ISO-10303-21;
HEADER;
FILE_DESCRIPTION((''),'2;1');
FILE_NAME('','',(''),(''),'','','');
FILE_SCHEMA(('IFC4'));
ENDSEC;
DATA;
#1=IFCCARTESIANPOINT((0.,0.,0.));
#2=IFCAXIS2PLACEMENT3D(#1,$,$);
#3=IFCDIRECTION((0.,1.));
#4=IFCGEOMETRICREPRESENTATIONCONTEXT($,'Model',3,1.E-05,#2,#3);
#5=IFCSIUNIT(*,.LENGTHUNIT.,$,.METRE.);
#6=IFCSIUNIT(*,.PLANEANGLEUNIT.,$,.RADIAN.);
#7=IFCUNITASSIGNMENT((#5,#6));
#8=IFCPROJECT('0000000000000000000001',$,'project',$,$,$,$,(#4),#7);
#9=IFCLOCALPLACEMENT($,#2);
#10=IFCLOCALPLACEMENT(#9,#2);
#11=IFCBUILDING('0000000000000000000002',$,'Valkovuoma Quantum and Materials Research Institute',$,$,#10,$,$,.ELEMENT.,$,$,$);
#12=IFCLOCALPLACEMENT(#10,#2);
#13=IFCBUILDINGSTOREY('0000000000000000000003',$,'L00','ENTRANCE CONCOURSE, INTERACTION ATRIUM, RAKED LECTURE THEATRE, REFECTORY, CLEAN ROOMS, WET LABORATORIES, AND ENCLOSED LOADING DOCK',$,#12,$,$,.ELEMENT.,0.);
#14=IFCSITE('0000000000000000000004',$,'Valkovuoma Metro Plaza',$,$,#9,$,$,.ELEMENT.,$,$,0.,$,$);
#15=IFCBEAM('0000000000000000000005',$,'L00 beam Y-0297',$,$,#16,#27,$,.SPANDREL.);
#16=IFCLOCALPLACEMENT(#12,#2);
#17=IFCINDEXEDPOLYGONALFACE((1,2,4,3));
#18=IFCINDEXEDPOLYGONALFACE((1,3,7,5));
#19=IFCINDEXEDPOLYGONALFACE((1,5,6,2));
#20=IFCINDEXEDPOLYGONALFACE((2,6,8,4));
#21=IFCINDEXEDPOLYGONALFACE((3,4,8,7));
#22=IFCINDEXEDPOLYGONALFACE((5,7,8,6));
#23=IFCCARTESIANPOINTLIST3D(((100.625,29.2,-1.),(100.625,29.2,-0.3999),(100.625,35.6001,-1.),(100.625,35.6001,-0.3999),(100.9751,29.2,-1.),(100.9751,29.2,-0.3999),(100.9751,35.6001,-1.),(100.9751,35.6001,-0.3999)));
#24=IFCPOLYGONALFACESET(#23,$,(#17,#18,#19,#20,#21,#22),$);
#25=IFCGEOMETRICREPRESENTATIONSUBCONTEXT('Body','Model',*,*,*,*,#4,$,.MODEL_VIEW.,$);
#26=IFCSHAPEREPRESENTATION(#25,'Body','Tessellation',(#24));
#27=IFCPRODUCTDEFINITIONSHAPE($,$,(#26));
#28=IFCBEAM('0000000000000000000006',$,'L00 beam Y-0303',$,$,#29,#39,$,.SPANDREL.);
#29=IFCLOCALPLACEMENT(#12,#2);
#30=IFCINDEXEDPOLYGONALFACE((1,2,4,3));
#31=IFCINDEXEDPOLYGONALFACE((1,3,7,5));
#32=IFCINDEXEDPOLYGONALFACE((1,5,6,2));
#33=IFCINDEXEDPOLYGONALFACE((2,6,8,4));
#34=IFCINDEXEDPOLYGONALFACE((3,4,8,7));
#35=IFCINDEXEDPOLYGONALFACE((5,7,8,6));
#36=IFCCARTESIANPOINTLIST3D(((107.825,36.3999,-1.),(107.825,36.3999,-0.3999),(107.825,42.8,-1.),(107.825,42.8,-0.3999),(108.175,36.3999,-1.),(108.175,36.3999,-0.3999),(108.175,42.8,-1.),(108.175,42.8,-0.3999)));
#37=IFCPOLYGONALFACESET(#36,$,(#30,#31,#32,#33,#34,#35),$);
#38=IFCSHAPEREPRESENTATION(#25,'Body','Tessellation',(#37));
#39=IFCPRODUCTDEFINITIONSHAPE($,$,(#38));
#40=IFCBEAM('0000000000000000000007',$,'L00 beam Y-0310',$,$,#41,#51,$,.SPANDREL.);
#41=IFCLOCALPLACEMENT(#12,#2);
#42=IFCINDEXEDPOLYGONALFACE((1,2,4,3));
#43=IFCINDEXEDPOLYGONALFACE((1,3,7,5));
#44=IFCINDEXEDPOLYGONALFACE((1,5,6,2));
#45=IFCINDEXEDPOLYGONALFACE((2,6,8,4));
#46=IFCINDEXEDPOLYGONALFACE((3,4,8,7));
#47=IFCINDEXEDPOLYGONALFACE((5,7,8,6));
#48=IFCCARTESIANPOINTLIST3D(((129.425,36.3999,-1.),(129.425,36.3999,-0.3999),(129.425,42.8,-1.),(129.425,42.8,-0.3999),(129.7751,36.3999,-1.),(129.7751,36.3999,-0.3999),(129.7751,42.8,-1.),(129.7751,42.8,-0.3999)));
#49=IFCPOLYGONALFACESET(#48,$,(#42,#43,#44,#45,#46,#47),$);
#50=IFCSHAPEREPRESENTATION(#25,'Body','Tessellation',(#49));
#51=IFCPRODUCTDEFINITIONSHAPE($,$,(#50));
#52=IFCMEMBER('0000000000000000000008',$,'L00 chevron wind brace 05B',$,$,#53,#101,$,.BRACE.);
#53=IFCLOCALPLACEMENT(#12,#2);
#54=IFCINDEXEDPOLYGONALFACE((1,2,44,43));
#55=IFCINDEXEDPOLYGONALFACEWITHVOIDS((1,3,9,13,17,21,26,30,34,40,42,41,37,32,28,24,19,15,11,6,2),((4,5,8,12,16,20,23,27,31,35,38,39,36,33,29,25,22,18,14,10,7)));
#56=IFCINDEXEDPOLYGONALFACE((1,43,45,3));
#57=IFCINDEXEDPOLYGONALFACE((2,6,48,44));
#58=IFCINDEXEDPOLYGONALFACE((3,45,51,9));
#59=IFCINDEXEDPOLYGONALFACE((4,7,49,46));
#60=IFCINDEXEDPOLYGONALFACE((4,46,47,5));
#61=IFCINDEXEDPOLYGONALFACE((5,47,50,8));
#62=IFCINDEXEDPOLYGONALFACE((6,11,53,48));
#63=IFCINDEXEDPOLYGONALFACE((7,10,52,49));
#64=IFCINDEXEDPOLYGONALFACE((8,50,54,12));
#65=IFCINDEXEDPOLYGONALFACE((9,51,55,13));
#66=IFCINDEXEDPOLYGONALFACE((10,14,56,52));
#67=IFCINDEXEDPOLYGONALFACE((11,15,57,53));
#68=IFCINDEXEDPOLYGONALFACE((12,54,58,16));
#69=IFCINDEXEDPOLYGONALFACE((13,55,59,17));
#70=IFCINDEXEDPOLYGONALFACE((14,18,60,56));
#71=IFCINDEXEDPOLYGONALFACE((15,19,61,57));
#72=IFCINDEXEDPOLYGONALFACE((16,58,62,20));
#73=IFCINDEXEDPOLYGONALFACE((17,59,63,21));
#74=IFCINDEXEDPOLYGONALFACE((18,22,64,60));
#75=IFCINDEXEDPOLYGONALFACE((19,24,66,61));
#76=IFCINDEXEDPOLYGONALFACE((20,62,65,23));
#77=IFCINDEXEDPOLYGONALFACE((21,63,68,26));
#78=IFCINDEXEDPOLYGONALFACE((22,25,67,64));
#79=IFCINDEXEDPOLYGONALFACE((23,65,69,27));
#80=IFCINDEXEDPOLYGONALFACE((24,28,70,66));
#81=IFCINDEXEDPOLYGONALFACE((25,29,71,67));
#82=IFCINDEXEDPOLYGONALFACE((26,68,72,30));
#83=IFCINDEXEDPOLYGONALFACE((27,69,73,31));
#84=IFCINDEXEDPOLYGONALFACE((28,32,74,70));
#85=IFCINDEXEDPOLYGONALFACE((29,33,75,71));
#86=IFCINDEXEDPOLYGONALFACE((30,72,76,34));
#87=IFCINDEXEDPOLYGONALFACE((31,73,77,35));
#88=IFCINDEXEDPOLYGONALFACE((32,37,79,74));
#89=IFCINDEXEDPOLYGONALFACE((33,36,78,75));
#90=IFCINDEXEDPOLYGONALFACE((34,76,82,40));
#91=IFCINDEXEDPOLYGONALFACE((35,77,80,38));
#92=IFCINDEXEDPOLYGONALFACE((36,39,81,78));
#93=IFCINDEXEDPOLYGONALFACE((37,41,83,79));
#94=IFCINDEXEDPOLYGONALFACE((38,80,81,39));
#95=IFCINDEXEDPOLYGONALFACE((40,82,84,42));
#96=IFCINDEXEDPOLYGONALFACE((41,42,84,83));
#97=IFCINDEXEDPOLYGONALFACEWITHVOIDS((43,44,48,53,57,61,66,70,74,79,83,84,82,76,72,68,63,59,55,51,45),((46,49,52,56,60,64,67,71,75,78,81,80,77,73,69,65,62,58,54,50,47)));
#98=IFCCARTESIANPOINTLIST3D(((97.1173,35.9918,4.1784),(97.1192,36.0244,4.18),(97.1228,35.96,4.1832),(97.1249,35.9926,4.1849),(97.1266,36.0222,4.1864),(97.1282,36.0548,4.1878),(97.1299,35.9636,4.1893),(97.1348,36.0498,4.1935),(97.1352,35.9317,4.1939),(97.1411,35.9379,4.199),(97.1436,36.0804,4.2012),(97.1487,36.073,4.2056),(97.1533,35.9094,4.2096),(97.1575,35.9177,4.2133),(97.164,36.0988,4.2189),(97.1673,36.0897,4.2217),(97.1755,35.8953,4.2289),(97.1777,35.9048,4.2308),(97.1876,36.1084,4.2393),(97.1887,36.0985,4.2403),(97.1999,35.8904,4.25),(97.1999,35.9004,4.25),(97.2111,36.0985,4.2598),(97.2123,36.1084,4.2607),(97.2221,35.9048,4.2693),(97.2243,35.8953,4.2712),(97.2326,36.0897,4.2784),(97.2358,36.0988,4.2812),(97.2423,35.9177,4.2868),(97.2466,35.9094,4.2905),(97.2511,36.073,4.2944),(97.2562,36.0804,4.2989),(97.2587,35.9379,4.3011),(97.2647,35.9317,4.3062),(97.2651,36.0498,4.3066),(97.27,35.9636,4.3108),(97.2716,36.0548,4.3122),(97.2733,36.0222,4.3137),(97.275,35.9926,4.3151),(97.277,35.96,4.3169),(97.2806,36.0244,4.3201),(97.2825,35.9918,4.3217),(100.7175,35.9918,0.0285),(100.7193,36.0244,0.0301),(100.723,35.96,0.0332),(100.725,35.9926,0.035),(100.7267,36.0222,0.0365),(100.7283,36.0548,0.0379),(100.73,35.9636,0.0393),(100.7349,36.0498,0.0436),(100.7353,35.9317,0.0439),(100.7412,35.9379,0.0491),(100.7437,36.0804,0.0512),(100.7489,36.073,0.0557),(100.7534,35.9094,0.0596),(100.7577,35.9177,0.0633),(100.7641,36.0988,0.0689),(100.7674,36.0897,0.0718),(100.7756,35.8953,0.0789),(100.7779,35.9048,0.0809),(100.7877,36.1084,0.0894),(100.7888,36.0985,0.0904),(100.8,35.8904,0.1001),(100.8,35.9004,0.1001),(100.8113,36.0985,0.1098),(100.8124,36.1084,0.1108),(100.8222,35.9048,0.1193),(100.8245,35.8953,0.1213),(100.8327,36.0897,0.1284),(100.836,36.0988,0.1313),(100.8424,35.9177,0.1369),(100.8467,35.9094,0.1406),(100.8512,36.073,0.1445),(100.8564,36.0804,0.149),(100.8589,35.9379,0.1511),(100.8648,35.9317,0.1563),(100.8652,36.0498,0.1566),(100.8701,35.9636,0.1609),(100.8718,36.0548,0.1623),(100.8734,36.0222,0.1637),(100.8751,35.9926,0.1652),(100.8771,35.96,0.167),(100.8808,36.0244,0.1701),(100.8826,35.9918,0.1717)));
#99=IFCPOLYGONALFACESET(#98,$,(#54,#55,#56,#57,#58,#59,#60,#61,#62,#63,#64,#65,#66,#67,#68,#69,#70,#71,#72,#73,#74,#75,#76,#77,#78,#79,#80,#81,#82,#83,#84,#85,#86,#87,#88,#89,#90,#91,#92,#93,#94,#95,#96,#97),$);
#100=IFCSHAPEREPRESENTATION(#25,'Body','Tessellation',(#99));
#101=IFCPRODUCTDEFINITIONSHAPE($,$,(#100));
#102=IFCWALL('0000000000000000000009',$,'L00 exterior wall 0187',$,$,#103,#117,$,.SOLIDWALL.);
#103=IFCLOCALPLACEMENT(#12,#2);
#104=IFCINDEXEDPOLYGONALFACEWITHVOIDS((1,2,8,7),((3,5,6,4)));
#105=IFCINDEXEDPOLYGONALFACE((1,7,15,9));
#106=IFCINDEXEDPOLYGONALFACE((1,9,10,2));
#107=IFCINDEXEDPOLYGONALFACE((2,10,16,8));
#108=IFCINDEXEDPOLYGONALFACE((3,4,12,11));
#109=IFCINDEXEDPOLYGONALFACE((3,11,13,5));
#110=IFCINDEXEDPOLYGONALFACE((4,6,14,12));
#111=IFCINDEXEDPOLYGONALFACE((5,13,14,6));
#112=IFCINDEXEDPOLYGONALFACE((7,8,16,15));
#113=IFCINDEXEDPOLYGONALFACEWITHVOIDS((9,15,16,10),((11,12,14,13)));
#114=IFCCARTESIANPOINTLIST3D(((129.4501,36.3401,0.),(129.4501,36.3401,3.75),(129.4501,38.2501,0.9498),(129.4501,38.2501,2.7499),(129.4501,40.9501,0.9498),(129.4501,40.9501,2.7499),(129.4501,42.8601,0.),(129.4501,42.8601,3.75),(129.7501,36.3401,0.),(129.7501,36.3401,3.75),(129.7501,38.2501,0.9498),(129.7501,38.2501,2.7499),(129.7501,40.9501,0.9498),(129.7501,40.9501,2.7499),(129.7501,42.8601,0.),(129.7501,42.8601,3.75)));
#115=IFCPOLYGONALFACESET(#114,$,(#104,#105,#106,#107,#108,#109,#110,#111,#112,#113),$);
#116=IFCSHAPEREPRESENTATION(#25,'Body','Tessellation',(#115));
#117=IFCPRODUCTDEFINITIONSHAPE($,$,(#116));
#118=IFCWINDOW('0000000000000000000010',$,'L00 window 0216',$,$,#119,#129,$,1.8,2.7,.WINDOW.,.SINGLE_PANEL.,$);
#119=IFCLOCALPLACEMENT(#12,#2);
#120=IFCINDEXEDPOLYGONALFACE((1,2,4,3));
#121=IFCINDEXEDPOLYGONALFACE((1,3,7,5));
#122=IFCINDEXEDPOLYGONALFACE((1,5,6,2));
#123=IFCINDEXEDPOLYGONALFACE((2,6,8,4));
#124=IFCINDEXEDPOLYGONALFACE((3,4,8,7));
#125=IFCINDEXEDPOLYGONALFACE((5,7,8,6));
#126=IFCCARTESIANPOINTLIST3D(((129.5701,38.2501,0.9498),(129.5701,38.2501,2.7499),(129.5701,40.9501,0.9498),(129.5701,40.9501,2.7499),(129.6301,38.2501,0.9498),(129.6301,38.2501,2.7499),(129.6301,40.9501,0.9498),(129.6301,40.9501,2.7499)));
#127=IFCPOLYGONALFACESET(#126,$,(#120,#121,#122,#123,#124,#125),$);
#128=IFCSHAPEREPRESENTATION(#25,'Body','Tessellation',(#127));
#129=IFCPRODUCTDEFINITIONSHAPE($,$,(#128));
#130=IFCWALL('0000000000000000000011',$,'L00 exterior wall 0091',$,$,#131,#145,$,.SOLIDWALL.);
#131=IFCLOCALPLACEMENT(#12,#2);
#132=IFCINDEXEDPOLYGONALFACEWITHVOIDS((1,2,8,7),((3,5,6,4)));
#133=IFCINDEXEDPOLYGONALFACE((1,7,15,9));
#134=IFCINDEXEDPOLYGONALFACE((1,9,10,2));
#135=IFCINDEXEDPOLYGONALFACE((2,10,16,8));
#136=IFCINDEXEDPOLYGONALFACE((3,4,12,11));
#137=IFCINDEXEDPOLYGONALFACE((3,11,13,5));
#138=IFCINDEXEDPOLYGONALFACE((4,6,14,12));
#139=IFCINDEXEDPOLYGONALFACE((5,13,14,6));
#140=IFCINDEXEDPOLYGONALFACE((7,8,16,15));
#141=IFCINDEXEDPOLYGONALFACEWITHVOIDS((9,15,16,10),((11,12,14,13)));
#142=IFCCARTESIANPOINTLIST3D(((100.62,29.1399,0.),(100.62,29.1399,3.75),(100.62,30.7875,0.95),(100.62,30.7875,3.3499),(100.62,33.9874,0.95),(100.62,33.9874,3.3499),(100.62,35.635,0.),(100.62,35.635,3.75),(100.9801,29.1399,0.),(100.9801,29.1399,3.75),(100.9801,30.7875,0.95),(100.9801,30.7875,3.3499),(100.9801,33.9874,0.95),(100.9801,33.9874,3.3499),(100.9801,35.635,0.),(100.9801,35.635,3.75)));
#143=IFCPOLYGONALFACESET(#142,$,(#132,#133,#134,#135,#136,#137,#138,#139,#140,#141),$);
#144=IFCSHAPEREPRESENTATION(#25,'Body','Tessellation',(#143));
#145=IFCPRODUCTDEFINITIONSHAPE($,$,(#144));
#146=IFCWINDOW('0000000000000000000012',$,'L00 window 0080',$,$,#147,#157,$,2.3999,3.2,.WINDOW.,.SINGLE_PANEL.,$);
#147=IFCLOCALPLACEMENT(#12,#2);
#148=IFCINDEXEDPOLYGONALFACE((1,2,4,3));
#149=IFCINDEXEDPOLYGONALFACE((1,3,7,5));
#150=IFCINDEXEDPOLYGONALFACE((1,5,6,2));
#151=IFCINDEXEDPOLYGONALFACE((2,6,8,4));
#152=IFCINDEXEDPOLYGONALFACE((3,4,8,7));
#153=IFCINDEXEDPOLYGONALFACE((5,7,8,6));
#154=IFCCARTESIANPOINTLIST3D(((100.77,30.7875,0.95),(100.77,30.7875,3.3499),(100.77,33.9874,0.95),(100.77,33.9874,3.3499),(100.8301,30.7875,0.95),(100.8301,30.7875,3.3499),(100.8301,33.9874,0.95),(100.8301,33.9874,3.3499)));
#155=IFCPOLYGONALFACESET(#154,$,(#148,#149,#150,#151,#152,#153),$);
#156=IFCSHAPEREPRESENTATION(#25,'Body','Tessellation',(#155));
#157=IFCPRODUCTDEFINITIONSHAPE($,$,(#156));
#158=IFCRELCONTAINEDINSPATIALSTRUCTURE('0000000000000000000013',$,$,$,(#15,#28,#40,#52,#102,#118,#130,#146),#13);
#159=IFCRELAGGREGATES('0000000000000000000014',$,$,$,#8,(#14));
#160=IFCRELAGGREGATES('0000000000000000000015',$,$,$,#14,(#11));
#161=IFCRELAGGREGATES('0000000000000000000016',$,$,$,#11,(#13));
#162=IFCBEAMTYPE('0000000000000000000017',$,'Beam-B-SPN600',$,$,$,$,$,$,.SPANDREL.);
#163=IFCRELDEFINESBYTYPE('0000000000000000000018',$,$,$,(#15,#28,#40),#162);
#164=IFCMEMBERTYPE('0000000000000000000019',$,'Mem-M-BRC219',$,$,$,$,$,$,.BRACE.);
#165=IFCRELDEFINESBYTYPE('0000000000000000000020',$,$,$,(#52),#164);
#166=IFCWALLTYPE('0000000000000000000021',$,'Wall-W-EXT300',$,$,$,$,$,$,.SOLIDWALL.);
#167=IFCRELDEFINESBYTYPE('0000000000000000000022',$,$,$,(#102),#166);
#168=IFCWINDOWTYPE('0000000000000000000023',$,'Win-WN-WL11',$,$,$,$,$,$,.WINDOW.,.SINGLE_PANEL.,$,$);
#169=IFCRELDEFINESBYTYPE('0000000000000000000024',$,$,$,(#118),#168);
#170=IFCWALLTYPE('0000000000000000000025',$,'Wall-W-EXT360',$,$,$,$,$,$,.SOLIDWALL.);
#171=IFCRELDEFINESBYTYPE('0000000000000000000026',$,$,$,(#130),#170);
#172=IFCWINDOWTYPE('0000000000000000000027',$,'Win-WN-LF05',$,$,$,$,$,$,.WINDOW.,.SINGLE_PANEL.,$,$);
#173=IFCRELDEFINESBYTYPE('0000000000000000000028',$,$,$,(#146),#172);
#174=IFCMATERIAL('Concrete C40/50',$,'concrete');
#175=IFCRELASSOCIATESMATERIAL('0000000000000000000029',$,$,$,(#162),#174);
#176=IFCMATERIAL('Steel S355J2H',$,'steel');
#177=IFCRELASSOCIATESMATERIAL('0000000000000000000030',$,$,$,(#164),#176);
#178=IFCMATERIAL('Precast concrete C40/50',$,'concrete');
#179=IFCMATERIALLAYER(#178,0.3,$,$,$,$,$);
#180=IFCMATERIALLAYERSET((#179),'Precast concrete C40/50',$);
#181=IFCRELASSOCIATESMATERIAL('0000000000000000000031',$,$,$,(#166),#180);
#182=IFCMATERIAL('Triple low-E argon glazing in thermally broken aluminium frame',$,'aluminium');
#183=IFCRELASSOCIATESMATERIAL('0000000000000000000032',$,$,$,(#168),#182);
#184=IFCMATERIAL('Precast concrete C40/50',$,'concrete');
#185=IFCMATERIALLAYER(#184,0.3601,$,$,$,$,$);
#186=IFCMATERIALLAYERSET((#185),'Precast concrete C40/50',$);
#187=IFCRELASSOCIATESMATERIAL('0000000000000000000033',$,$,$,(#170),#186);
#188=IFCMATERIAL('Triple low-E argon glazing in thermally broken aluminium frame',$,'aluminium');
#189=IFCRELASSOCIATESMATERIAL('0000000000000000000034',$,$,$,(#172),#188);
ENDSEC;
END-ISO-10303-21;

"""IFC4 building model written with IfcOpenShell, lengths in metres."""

from ifc_helpers import new_model, si_unit, direction, frame, frame_2d, origin, origin_2d, place, context, subcontext, project, spatial, rectangle, hollow_circle, extrude, material, layer, layer_set, material_profile, profile_set, type_object, element, fill, save


model = new_model("IFC4")

# Units and contexts
model_context = context("Model", 3, precision=1e-05, world=origin(), true_north=direction((0.0, 1.0)))
body_context = subcontext(model_context, "Body", "Model", "MODEL_VIEW")
ifc_project = project(units=[si_unit("LENGTHUNIT", "METRE"), si_unit("PLANEANGLEUNIT", "RADIAN")], contexts=[model_context])

# Site, building, storey
site_placement = place(None, origin())
site = spatial("IfcSite", under=ifc_project, at=site_placement, Name="Valkovuoma Metro Plaza", CompositionType="ELEMENT", RefElevation=0.0)
building_placement = place(site_placement, origin())
building = spatial("IfcBuilding", under=site, at=building_placement, Name="Valkovuoma Quantum and Materials Research Institute", CompositionType="ELEMENT")
storey_placement = place(building_placement, origin())
storey = spatial("IfcBuildingStorey", under=building, at=storey_placement, Name="L00", Description="ENTRANCE CONCOURSE, INTERACTION ATRIUM, RAKED LECTURE THEATRE, REFECTORY, CLEAN ROOMS, WET LABORATORIES, AND ENCLOSED LOADING DOCK", CompositionType="ELEMENT", Elevation=0.0)

# Beams
ifc_material_1 = material(Name="Concrete C40/50", Category="concrete")
ifc_material_profile_1 = material_profile(ifc_material_1, rectangle(XDim=0.3501, YDim=0.6001, at=origin_2d()), Name="Concrete C40/50")
ifc_profile_set_1 = profile_set([ifc_material_profile_1], Name="Concrete C40/50")
beam_type_1 = type_object("IfcBeamType", Name="Beam-B-SPN600", PredefinedType="SPANDREL", material=ifc_profile_set_1)
for number, where, z_axis, x_axis, name in (
    (1, (100.8, 29.2, -0.7), (0.0, 1.0, 0.0), (-1.0, 0.0, 0.0), "L00 beam Y-0297"),
    (2, (108.0, 36.3999, -0.7), (0.0, 1.0, 0.0), (-1.0, 0.0, 0.0), "L00 beam Y-0303"),
    (3, (129.6001, 36.3999, -0.7), (0.0, 1.0, 0.0), (-1.0, 0.0, 0.0), "L00 beam Y-0310"),
):
    element("IfcBeam", number, at=place(storey_placement, frame(where, z_axis=z_axis, x_axis=x_axis)), inside=storey, type_object=beam_type_1, Name=name, PredefinedType="SPANDREL", context=body_context, shape_type="SweptSolid", body=[
        extrude(rectangle(XDim=0.3501, YDim=0.6001, at=origin_2d()), origin(), (0.0, 0.0, 1.0), 6.4001),
    ])

# Member
ifc_material_2 = material(Name="Steel S355J2H", Category="steel")
ifc_material_profile_2 = material_profile(ifc_material_2, hollow_circle(Radius=0.1096, WallThickness=0.01, at=origin_2d()), Name="Steel S355J2H")
ifc_profile_set_2 = profile_set([ifc_material_profile_2], Name="Steel S355J2H")
member_type = type_object("IfcMemberType", Name="Mem-M-BRC219", PredefinedType="BRACE", material=ifc_profile_set_2)
member_placement = place(storey_placement, frame((100.8, 36.0, 0.1001), z_axis=(-0.655296, 0.0, 0.755372), x_axis=(0.0, -1.0, 0.0)))
element("IfcMember", 4, at=member_placement, inside=storey, type_object=member_type, Name="L00 chevron wind brace 05B", PredefinedType="BRACE", context=body_context, shape_type="SweptSolid", body=[
    extrude(hollow_circle(Radius=0.1096, WallThickness=0.01, at=origin_2d()), origin(), (0.0, 0.0, 1.0), 5.4939),
])

# Walls, openings, windows
ifc_material_3 = material(Name="Precast concrete C40/50", Category="concrete")
ifc_layer_1 = layer(ifc_material_3, 0.3)
ifc_layer_set_1 = layer_set([ifc_layer_1], Name="Precast concrete C40/50")
wall_type_1 = type_object("IfcWallType", Name="Wall-W-EXT300", PredefinedType="SOLIDWALL", material=ifc_layer_set_1)
wall_1_placement = place(storey_placement, frame((129.6001, 36.3401, 0.0), z_axis=(0.0, 0.0, 1.0), x_axis=(0.0, 1.0, 0.0)))
wall_1 = element("IfcWall", 5, at=wall_1_placement, inside=storey, type_object=wall_type_1, Name="L00 exterior wall 0187", PredefinedType="SOLIDWALL", context=body_context, shape_type="SweptSolid", body=[
    extrude(rectangle(XDim=6.52, YDim=0.3, at=frame_2d((3.26, 0.0))), origin(), (0.0, 0.0, 1.0), 3.75),
])
opening_1_placement = place(wall_1_placement, frame((1.9099, 0.0, 0.95)))
opening_1 = element("IfcOpeningElement", 6, at=opening_1_placement, cuts=wall_1, PredefinedType="OPENING", context=body_context, shape_type="SweptSolid", body=[
    extrude(rectangle(XDim=2.7, YDim=1.8, at=frame_2d((1.3501, 0.8999))), frame((0.0, 0.1602, 0.0), z_axis=(0.0, -1.0, 0.0), x_axis=(1.0, 0.0, 0.0)), (0.0, 0.0, 1.0), 0.3201),
])
ifc_material_4 = material(Name="Triple low-E argon glazing in thermally broken aluminium frame", Category="aluminium")
window_type_1 = type_object("IfcWindowType", Name="Win-WN-WL11", PartitioningType="SINGLE_PANEL", PredefinedType="WINDOW", material=ifc_material_4)
window_1_placement = place(opening_1_placement, origin())
window_1 = element("IfcWindow", 7, at=window_1_placement, inside=storey, type_object=window_type_1, Name="L00 window 0216", OverallHeight=1.8, OverallWidth=2.7, PartitioningType="SINGLE_PANEL", PredefinedType="WINDOW", context=body_context, shape_type="SweptSolid", body=[
    extrude(rectangle(XDim=2.7, YDim=1.8, at=frame_2d((1.3501, 0.8999))), frame((0.0, 0.03, 0.0), z_axis=(0.0, -1.0, 0.0), x_axis=(1.0, 0.0, 0.0)), (0.0, 0.0, 1.0), 0.0601),
])
fill(opening_1, window_1)
ifc_material_5 = material(Name="Precast concrete C40/50", Category="concrete")
ifc_layer_2 = layer(ifc_material_5, 0.3601)
ifc_layer_set_2 = layer_set([ifc_layer_2], Name="Precast concrete C40/50")
wall_type_2 = type_object("IfcWallType", Name="Wall-W-EXT360", PredefinedType="SOLIDWALL", material=ifc_layer_set_2)
wall_2_placement = place(storey_placement, frame((100.8, 29.1399, 0.0), z_axis=(0.0, 0.0, 1.0), x_axis=(0.0, 1.0, 0.0)))
wall_2 = element("IfcWall", 8, at=wall_2_placement, inside=storey, type_object=wall_type_2, Name="L00 exterior wall 0091", PredefinedType="SOLIDWALL", context=body_context, shape_type="SweptSolid", body=[
    extrude(rectangle(XDim=6.4951, YDim=0.3601, at=frame_2d((3.2476, 0.0))), origin(), (0.0, 0.0, 1.0), 3.75),
])
opening_2_placement = place(wall_2_placement, frame((1.6475, 0.0, 0.95)))
opening_2 = element("IfcOpeningElement", 9, at=opening_2_placement, cuts=wall_2, PredefinedType="OPENING", context=body_context, shape_type="SweptSolid", body=[
    extrude(rectangle(XDim=3.2, YDim=2.3999, at=frame_2d((1.6001, 1.2))), frame((0.0, 0.1899, 0.0), z_axis=(0.0, -1.0, 0.0), x_axis=(1.0, 0.0, 0.0)), (0.0, 0.0, 1.0), 0.3801),
])
ifc_material_6 = material(Name="Triple low-E argon glazing in thermally broken aluminium frame", Category="aluminium")
window_type_2 = type_object("IfcWindowType", Name="Win-WN-LF05", PartitioningType="SINGLE_PANEL", PredefinedType="WINDOW", material=ifc_material_6)
window_2_placement = place(opening_2_placement, origin())
window_2 = element("IfcWindow", 10, at=window_2_placement, inside=storey, type_object=window_type_2, Name="L00 window 0080", OverallHeight=2.3999, OverallWidth=3.2, PartitioningType="SINGLE_PANEL", PredefinedType="WINDOW", context=body_context, shape_type="SweptSolid", body=[
    extrude(rectangle(XDim=3.2, YDim=2.3999, at=frame_2d((1.6001, 1.2))), frame((0.0, 0.03, 0.0), z_axis=(0.0, -1.0, 0.0), x_axis=(1.0, 0.0, 0.0)), (0.0, 0.0, 1.0), 0.0601),
])
fill(opening_2, window_2)

save(model, "model.ifc")
